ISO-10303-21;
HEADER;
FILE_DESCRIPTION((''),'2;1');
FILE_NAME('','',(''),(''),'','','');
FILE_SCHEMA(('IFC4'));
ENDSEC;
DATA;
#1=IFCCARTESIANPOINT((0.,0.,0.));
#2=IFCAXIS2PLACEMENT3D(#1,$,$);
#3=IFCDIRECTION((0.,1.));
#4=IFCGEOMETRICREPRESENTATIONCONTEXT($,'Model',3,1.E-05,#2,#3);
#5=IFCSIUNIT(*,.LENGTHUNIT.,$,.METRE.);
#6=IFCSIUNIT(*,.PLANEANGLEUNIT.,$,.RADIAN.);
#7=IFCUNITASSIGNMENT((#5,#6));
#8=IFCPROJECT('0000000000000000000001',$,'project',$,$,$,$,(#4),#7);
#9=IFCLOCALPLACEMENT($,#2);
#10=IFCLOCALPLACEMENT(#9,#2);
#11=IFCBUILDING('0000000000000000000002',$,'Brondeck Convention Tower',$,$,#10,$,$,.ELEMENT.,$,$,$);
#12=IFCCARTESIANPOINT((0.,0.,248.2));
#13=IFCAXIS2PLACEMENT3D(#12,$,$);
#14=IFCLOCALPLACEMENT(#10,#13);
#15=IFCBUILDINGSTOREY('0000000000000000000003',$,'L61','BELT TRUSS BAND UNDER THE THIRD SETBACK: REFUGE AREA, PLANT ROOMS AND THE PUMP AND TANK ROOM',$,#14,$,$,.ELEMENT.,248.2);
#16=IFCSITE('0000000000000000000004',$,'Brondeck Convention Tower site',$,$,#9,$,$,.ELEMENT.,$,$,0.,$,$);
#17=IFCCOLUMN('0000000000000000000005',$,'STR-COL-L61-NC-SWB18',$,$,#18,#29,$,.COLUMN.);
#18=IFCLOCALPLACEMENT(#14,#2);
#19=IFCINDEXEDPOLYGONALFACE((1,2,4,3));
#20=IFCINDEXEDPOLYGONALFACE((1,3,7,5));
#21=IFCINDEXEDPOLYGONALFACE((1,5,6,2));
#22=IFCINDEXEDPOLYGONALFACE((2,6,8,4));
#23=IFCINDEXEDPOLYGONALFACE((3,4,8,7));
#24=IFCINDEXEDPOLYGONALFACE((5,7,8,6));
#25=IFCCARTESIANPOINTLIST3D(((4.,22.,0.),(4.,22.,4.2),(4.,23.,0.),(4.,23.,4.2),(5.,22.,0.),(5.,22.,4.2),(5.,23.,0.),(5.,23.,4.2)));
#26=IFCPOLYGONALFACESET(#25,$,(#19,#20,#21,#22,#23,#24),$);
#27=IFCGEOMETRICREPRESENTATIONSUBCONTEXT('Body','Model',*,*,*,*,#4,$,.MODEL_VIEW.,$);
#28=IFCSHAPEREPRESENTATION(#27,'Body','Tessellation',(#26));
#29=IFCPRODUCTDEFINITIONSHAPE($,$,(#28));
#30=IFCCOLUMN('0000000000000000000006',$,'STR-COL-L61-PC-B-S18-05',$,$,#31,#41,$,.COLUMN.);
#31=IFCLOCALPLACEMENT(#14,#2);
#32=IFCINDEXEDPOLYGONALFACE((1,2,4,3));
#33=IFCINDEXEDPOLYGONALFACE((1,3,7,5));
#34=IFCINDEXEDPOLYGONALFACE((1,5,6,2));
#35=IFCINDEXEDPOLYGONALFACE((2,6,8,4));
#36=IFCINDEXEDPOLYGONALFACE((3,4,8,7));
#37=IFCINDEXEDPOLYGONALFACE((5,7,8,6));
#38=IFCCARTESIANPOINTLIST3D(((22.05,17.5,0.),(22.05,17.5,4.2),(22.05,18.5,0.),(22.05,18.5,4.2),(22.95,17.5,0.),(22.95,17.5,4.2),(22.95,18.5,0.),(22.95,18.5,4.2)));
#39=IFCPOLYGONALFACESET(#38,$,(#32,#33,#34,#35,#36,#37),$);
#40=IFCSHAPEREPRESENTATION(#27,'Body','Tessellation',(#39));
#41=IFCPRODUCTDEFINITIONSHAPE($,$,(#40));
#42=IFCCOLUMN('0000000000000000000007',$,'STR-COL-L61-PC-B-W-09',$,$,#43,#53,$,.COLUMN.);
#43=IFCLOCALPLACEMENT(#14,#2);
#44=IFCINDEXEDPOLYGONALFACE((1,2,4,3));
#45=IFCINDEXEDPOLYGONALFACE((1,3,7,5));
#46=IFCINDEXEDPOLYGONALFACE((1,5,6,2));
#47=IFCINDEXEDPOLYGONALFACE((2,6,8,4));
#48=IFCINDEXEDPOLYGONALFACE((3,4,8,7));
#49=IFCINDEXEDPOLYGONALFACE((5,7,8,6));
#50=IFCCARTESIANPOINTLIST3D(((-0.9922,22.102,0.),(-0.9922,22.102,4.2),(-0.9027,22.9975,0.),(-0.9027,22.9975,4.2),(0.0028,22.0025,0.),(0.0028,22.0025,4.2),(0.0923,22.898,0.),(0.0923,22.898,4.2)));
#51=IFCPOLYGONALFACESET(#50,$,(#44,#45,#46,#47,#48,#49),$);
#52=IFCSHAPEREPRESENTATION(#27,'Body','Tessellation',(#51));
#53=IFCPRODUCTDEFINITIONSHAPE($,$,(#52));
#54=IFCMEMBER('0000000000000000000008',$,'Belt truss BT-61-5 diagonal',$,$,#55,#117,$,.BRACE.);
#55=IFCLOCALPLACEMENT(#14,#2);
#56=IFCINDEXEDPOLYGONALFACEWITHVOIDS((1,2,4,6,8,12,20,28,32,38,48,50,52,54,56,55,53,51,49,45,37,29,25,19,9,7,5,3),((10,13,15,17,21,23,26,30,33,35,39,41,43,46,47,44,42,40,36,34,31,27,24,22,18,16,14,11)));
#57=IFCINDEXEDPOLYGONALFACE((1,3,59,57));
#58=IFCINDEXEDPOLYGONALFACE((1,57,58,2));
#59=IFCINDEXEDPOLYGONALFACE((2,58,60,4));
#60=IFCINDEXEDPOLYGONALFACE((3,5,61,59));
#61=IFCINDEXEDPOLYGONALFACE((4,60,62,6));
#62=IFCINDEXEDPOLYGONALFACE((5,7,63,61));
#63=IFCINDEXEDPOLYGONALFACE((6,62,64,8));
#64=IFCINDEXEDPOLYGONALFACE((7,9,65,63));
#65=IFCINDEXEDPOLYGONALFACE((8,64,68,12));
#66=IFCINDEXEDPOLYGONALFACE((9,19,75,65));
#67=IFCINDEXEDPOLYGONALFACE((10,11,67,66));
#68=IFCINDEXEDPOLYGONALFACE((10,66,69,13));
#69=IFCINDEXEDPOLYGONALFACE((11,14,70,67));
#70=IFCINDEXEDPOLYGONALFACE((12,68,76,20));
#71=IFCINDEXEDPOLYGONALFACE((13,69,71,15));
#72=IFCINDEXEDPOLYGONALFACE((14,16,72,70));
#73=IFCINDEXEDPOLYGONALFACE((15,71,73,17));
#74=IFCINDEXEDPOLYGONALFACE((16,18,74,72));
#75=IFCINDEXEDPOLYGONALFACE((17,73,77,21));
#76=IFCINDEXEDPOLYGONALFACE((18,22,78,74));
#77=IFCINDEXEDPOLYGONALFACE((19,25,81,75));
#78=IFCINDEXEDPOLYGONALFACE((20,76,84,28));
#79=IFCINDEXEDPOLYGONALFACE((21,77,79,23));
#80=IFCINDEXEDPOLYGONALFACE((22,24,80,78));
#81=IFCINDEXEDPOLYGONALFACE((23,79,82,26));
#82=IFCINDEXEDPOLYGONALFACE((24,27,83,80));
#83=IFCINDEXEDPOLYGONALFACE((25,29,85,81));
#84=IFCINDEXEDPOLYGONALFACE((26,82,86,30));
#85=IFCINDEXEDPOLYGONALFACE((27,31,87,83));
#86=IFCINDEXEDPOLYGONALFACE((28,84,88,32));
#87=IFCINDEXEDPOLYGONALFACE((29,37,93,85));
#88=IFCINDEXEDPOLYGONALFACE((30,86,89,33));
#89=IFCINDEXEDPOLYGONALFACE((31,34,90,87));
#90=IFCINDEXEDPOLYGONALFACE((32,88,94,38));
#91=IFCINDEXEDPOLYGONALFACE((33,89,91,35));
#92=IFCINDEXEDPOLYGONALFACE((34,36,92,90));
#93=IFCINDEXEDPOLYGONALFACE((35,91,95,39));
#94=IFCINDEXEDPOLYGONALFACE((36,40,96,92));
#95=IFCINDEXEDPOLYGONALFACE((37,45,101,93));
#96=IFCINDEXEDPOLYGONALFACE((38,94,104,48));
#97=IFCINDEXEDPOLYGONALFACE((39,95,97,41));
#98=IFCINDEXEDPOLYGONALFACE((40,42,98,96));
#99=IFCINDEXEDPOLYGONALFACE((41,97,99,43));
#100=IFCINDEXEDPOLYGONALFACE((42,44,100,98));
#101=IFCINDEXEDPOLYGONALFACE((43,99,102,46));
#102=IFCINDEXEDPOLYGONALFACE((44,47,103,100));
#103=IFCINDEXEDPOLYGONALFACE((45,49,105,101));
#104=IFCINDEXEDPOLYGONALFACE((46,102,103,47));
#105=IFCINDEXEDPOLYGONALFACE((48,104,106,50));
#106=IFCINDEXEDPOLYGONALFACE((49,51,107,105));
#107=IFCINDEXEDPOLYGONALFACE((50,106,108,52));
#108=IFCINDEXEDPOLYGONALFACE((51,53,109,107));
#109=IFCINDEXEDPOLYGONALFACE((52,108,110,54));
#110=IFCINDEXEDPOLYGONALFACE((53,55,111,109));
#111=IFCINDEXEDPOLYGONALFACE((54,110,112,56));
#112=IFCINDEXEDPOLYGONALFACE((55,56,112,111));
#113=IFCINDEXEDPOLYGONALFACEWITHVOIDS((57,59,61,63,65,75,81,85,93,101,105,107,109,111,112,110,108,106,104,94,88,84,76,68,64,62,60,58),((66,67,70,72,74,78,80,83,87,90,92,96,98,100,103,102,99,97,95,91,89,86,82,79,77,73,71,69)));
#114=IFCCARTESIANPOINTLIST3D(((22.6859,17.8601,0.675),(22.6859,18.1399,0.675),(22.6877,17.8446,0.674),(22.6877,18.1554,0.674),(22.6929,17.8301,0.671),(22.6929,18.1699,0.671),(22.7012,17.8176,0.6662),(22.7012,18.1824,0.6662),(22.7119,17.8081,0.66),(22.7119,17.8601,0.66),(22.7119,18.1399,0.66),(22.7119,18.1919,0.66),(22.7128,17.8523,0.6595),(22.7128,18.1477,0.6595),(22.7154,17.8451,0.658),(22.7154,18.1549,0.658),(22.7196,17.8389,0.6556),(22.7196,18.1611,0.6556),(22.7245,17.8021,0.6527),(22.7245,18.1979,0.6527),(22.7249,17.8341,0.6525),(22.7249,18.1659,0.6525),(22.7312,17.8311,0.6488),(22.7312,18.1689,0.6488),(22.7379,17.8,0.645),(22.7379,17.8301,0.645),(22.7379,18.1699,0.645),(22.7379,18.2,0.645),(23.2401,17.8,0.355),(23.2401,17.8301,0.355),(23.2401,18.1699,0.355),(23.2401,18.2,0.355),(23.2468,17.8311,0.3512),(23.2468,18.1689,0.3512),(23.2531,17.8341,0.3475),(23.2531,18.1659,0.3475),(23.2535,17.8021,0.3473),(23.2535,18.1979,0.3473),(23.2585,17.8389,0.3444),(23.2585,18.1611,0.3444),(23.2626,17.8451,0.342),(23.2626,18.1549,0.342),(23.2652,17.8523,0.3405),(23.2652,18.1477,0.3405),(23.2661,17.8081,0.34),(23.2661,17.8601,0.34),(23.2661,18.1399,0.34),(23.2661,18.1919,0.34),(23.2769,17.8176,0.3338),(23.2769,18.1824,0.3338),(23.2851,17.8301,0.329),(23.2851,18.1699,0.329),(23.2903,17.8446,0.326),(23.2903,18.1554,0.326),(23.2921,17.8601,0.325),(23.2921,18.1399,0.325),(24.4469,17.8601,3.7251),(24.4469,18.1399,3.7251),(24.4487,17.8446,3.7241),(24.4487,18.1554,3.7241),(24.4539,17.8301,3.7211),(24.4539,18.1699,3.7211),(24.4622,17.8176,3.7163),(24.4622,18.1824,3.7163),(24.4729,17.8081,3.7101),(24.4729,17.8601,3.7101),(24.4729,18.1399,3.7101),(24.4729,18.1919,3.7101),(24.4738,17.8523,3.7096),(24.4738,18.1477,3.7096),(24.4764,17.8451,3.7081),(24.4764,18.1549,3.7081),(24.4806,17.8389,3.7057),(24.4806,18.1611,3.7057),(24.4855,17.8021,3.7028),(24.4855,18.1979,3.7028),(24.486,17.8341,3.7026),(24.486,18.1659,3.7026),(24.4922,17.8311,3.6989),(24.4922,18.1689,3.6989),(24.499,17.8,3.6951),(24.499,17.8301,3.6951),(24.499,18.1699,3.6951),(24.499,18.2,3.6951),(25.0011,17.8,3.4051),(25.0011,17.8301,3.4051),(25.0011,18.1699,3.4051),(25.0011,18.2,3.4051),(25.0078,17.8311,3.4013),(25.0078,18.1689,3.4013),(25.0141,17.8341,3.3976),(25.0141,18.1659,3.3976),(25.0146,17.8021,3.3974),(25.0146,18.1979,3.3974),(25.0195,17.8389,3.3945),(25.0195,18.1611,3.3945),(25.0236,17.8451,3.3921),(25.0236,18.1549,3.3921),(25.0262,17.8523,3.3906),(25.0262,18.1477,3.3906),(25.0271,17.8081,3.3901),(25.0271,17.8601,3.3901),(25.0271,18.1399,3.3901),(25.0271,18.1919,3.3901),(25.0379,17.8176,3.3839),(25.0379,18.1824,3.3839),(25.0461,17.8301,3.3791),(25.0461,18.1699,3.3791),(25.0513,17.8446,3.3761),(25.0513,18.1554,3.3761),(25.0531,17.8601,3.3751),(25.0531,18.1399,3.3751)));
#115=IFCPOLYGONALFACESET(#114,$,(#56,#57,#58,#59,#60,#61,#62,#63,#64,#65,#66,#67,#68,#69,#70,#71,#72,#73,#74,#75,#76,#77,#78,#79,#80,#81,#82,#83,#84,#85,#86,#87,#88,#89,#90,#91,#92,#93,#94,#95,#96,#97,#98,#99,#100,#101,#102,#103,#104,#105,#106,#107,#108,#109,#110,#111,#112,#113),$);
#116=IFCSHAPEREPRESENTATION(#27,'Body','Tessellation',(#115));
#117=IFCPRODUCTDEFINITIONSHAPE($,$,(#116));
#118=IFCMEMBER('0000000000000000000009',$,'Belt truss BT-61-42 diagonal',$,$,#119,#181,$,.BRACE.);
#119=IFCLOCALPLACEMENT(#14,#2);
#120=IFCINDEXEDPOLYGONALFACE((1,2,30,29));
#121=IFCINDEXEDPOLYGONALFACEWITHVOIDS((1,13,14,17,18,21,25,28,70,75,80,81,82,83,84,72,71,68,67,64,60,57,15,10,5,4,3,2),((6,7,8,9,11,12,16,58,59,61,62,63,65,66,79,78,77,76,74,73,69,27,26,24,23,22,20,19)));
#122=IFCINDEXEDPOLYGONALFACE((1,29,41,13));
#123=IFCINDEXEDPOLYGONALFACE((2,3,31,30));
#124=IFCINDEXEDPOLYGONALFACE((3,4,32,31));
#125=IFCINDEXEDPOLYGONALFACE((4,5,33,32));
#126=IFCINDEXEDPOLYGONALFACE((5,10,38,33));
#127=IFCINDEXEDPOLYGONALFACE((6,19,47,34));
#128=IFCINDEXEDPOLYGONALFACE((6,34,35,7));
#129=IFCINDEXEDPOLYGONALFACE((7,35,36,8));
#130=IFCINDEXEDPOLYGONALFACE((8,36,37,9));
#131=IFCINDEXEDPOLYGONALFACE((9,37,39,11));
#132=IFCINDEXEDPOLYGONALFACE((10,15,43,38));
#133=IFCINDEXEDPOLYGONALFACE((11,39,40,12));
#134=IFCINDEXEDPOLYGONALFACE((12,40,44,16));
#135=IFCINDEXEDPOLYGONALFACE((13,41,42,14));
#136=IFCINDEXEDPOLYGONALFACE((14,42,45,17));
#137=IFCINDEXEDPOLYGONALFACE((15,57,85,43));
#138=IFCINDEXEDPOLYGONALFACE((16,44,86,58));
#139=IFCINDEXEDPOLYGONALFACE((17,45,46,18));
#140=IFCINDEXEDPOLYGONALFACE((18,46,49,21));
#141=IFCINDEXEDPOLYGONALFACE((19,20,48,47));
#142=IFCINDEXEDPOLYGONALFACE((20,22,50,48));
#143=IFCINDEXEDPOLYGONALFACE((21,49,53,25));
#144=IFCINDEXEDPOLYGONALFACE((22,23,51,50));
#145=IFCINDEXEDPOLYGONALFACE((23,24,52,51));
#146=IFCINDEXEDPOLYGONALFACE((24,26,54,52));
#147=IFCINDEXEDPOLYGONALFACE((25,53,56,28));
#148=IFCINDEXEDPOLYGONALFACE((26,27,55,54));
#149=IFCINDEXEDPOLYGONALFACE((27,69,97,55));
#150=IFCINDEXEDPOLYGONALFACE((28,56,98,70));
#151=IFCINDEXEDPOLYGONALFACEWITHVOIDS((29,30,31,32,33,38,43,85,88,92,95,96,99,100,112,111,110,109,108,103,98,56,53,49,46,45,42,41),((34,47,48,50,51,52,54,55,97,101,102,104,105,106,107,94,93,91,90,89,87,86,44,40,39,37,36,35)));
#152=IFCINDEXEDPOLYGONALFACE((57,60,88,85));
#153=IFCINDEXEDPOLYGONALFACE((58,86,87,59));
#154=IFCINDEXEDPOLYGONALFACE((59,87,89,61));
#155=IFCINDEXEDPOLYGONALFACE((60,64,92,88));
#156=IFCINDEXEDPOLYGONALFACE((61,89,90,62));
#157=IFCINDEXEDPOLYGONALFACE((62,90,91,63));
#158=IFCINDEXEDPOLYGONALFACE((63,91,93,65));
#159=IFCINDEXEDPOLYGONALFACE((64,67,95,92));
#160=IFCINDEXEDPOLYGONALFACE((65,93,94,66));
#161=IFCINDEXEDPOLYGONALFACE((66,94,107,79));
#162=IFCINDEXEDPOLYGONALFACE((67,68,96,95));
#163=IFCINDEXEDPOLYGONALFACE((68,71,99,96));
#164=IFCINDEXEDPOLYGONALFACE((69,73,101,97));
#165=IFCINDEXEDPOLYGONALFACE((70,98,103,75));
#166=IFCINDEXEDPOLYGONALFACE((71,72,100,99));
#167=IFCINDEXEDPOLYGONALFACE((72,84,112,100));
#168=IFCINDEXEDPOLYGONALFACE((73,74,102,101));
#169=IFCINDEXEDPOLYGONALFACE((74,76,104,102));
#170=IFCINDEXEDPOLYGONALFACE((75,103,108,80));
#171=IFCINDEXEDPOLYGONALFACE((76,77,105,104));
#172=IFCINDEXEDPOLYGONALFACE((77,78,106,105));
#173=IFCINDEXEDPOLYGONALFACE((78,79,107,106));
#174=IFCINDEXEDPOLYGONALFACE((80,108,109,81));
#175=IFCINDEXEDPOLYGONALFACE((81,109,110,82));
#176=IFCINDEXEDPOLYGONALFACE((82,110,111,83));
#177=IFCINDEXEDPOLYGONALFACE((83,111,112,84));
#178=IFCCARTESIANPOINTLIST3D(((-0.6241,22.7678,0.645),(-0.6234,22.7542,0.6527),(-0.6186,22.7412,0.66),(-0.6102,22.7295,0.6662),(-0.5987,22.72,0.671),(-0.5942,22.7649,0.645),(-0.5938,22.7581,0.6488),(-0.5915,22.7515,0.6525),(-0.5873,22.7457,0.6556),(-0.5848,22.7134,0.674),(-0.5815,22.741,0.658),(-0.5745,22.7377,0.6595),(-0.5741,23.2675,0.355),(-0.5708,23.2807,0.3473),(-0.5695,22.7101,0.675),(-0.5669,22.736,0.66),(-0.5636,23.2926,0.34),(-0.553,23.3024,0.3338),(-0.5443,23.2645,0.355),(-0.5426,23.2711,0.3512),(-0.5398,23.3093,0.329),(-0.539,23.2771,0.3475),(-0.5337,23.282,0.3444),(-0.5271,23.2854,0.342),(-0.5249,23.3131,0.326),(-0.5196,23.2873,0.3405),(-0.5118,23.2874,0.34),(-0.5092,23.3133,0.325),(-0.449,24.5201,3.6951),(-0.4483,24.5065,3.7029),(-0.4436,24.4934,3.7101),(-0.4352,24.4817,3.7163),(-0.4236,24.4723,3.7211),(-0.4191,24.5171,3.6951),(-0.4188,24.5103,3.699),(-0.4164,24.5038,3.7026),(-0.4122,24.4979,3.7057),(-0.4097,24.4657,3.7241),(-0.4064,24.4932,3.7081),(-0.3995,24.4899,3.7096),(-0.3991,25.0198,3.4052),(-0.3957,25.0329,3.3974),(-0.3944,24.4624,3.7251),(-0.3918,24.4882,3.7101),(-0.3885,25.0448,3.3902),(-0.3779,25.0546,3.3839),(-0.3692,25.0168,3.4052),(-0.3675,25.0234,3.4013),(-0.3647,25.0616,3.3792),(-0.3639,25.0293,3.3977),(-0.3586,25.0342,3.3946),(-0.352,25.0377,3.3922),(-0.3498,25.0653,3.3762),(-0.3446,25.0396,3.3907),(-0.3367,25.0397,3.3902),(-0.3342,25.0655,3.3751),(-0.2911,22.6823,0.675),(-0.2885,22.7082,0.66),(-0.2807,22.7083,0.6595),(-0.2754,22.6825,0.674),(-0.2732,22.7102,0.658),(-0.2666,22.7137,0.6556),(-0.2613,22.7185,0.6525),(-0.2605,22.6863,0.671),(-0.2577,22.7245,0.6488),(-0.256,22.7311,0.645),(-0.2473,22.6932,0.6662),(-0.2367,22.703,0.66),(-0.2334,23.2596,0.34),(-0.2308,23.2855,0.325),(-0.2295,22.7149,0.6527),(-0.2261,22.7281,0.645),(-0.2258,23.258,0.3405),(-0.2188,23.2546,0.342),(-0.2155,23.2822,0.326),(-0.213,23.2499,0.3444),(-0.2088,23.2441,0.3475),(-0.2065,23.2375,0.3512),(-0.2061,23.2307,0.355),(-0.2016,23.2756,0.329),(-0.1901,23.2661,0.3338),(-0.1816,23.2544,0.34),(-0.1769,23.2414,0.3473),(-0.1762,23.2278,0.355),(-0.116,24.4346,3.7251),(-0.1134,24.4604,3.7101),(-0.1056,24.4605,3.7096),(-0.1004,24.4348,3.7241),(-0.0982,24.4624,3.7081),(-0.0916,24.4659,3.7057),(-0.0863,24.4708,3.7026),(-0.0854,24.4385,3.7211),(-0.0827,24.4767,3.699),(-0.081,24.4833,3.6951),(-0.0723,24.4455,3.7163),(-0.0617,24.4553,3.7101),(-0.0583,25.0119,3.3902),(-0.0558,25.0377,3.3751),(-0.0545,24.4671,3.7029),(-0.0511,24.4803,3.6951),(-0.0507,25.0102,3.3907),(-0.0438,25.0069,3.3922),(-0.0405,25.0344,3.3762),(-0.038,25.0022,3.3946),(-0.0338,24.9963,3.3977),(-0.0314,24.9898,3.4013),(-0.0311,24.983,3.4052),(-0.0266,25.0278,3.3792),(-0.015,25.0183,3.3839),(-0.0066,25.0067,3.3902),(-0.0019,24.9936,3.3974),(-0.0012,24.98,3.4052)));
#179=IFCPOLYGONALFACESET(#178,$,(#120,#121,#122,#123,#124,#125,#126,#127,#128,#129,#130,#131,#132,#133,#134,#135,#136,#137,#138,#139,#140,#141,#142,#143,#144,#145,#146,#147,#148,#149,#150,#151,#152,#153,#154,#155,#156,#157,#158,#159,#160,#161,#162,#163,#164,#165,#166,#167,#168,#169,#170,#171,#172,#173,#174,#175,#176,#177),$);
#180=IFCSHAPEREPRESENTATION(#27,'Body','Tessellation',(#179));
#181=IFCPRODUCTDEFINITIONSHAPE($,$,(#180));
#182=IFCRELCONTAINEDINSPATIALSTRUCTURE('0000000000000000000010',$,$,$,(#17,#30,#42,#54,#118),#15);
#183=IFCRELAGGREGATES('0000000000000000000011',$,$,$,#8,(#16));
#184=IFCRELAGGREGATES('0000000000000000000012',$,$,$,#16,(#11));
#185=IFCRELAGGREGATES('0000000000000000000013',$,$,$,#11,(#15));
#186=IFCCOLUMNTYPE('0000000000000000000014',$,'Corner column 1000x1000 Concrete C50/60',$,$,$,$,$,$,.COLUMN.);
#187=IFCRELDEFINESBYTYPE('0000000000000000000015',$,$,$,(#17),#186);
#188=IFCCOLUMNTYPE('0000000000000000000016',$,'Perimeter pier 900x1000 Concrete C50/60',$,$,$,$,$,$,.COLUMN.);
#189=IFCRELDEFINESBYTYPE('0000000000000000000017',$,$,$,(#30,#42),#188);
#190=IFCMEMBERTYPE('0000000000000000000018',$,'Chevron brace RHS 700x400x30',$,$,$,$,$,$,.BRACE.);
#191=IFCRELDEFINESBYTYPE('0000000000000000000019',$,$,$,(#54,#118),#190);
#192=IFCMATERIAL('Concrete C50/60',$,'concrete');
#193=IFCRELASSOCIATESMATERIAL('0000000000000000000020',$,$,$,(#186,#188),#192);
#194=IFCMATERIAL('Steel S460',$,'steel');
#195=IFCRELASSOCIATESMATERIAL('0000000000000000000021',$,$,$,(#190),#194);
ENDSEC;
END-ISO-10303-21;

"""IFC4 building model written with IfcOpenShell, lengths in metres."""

from ifc_helpers import new_model, si_unit, direction, frame, origin, origin_2d, place, context, subcontext, project, spatial, rectangle, hollow_rectangle, extrude, material, material_profile, profile_set, type_object, element, save


model = new_model("IFC4")

# Units and contexts
model_context = context("Model", 3, precision=1e-05, world=origin(), true_north=direction((0.0, 1.0)))
body_context = subcontext(model_context, "Body", "Model", "MODEL_VIEW")
ifc_project = project(units=[si_unit("LENGTHUNIT", "METRE"), si_unit("PLANEANGLEUNIT", "RADIAN")], contexts=[model_context])

# Site, building, storey
site_placement = place(None, origin())
site = spatial("IfcSite", under=ifc_project, at=site_placement, Name="Brondeck Convention Tower site", CompositionType="ELEMENT", RefElevation=0.0)
building_placement = place(site_placement, origin())
building = spatial("IfcBuilding", under=site, at=building_placement, Name="Brondeck Convention Tower", CompositionType="ELEMENT")
storey_placement = place(building_placement, frame((0.0, 0.0, 248.2)))
storey = spatial("IfcBuildingStorey", under=building, at=storey_placement, Name="L61", Description="BELT TRUSS BAND UNDER THE THIRD SETBACK: REFUGE AREA, PLANT ROOMS AND THE PUMP AND TANK ROOM", CompositionType="ELEMENT", Elevation=248.2)

# Columns
ifc_material_1 = material(Name="Concrete C50/60", Category="concrete")
ifc_material_profile_1 = material_profile(ifc_material_1, rectangle(XDim=1.0, YDim=1.0, at=origin_2d()), Name="Corner column 1000x1000 Concrete C50/60")
ifc_profile_set_1 = profile_set([ifc_material_profile_1], Name="Concrete C50/60")
column_type_1 = type_object("IfcColumnType", Name="Corner column 1000x1000 Concrete C50/60", PredefinedType="COLUMN", material=ifc_profile_set_1)
column_placement = place(storey_placement, frame((4.5, 22.5, 0.0), z_axis=(0.0, 0.0, 1.0), x_axis=(1.0, 0.0, 0.0)))
element("IfcColumn", 1, at=column_placement, inside=storey, type_object=column_type_1, Name="STR-COL-L61-NC-SWB18", PredefinedType="COLUMN", context=body_context, shape_type="SweptSolid", body=[
    extrude(rectangle(XDim=1.0, YDim=1.0, at=origin_2d()), origin(), (0.0, 0.0, 1.0), 4.2),
])
ifc_material_profile_2 = material_profile(ifc_material_1, rectangle(XDim=0.8999, YDim=1.0, at=origin_2d()), Name="Perimeter pier 900x1000 Concrete C50/60")
ifc_profile_set_2 = profile_set([ifc_material_profile_2], Name="Concrete C50/60")
column_type_2 = type_object("IfcColumnType", Name="Perimeter pier 900x1000 Concrete C50/60", PredefinedType="COLUMN", material=ifc_profile_set_2)
for number, where, z_axis, x_axis, name in (
    (2, (22.5, 18.0, 0.0), (0.0, 0.0, 1.0), (1.0, 0.0, 0.0), "STR-COL-L61-PC-B-S18-05"),
    (3, (-0.45, 22.5, 0.0), (0.0, 0.0, 1.0), (-0.099504, -0.995037, 0.0), "STR-COL-L61-PC-B-W-09"),
):
    element("IfcColumn", number, at=place(storey_placement, frame(where, z_axis=z_axis, x_axis=x_axis)), inside=storey, type_object=column_type_2, Name=name, PredefinedType="COLUMN", context=body_context, shape_type="SweptSolid", body=[
        extrude(rectangle(XDim=0.8999, YDim=1.0, at=origin_2d()), origin(), (0.0, 0.0, 1.0), 4.2),
    ])

# Members
ifc_material_2 = material(Name="Steel S460", Category="steel")
ifc_material_profile_3 = material_profile(ifc_material_2, hollow_rectangle(XDim=0.3999, YDim=0.7, WallThickness=0.03, InnerFilletRadius=0.03, OuterFilletRadius=0.0601, at=origin_2d()), Name="RHS 700x400x30")
ifc_profile_set_3 = profile_set([ifc_material_profile_3], Name="Steel S460")
member_type_1 = type_object("IfcMemberType", Name="Chevron brace RHS 700x400x30", PredefinedType="BRACE", material=ifc_profile_set_3)
for number, where, z_axis, x_axis, name in (
    (4, (22.989, 18.0, 0.5), (0.500008, 0.0, 0.866021), (0.0, 1.0, 0.0), "Belt truss BT-61-5 diagonal"),
    (5, (-0.4001, 22.9978, 0.5), (0.049703, 0.497518, 0.866029), (-0.995047, 0.099408, 0.0), "Belt truss BT-61-42 diagonal"),
):
    element("IfcMember", number, at=place(storey_placement, frame(where, z_axis=z_axis, x_axis=x_axis)), inside=storey, type_object=member_type_1, Name=name, PredefinedType="BRACE", context=body_context, shape_type="SweptSolid", body=[
        extrude(hollow_rectangle(XDim=0.3999, YDim=0.7, WallThickness=0.03, InnerFilletRadius=0.03, OuterFilletRadius=0.0601, at=origin_2d()), origin(), (0.0, 0.0, 1.0), 3.522),
    ])

save(model, "model.ifc")
